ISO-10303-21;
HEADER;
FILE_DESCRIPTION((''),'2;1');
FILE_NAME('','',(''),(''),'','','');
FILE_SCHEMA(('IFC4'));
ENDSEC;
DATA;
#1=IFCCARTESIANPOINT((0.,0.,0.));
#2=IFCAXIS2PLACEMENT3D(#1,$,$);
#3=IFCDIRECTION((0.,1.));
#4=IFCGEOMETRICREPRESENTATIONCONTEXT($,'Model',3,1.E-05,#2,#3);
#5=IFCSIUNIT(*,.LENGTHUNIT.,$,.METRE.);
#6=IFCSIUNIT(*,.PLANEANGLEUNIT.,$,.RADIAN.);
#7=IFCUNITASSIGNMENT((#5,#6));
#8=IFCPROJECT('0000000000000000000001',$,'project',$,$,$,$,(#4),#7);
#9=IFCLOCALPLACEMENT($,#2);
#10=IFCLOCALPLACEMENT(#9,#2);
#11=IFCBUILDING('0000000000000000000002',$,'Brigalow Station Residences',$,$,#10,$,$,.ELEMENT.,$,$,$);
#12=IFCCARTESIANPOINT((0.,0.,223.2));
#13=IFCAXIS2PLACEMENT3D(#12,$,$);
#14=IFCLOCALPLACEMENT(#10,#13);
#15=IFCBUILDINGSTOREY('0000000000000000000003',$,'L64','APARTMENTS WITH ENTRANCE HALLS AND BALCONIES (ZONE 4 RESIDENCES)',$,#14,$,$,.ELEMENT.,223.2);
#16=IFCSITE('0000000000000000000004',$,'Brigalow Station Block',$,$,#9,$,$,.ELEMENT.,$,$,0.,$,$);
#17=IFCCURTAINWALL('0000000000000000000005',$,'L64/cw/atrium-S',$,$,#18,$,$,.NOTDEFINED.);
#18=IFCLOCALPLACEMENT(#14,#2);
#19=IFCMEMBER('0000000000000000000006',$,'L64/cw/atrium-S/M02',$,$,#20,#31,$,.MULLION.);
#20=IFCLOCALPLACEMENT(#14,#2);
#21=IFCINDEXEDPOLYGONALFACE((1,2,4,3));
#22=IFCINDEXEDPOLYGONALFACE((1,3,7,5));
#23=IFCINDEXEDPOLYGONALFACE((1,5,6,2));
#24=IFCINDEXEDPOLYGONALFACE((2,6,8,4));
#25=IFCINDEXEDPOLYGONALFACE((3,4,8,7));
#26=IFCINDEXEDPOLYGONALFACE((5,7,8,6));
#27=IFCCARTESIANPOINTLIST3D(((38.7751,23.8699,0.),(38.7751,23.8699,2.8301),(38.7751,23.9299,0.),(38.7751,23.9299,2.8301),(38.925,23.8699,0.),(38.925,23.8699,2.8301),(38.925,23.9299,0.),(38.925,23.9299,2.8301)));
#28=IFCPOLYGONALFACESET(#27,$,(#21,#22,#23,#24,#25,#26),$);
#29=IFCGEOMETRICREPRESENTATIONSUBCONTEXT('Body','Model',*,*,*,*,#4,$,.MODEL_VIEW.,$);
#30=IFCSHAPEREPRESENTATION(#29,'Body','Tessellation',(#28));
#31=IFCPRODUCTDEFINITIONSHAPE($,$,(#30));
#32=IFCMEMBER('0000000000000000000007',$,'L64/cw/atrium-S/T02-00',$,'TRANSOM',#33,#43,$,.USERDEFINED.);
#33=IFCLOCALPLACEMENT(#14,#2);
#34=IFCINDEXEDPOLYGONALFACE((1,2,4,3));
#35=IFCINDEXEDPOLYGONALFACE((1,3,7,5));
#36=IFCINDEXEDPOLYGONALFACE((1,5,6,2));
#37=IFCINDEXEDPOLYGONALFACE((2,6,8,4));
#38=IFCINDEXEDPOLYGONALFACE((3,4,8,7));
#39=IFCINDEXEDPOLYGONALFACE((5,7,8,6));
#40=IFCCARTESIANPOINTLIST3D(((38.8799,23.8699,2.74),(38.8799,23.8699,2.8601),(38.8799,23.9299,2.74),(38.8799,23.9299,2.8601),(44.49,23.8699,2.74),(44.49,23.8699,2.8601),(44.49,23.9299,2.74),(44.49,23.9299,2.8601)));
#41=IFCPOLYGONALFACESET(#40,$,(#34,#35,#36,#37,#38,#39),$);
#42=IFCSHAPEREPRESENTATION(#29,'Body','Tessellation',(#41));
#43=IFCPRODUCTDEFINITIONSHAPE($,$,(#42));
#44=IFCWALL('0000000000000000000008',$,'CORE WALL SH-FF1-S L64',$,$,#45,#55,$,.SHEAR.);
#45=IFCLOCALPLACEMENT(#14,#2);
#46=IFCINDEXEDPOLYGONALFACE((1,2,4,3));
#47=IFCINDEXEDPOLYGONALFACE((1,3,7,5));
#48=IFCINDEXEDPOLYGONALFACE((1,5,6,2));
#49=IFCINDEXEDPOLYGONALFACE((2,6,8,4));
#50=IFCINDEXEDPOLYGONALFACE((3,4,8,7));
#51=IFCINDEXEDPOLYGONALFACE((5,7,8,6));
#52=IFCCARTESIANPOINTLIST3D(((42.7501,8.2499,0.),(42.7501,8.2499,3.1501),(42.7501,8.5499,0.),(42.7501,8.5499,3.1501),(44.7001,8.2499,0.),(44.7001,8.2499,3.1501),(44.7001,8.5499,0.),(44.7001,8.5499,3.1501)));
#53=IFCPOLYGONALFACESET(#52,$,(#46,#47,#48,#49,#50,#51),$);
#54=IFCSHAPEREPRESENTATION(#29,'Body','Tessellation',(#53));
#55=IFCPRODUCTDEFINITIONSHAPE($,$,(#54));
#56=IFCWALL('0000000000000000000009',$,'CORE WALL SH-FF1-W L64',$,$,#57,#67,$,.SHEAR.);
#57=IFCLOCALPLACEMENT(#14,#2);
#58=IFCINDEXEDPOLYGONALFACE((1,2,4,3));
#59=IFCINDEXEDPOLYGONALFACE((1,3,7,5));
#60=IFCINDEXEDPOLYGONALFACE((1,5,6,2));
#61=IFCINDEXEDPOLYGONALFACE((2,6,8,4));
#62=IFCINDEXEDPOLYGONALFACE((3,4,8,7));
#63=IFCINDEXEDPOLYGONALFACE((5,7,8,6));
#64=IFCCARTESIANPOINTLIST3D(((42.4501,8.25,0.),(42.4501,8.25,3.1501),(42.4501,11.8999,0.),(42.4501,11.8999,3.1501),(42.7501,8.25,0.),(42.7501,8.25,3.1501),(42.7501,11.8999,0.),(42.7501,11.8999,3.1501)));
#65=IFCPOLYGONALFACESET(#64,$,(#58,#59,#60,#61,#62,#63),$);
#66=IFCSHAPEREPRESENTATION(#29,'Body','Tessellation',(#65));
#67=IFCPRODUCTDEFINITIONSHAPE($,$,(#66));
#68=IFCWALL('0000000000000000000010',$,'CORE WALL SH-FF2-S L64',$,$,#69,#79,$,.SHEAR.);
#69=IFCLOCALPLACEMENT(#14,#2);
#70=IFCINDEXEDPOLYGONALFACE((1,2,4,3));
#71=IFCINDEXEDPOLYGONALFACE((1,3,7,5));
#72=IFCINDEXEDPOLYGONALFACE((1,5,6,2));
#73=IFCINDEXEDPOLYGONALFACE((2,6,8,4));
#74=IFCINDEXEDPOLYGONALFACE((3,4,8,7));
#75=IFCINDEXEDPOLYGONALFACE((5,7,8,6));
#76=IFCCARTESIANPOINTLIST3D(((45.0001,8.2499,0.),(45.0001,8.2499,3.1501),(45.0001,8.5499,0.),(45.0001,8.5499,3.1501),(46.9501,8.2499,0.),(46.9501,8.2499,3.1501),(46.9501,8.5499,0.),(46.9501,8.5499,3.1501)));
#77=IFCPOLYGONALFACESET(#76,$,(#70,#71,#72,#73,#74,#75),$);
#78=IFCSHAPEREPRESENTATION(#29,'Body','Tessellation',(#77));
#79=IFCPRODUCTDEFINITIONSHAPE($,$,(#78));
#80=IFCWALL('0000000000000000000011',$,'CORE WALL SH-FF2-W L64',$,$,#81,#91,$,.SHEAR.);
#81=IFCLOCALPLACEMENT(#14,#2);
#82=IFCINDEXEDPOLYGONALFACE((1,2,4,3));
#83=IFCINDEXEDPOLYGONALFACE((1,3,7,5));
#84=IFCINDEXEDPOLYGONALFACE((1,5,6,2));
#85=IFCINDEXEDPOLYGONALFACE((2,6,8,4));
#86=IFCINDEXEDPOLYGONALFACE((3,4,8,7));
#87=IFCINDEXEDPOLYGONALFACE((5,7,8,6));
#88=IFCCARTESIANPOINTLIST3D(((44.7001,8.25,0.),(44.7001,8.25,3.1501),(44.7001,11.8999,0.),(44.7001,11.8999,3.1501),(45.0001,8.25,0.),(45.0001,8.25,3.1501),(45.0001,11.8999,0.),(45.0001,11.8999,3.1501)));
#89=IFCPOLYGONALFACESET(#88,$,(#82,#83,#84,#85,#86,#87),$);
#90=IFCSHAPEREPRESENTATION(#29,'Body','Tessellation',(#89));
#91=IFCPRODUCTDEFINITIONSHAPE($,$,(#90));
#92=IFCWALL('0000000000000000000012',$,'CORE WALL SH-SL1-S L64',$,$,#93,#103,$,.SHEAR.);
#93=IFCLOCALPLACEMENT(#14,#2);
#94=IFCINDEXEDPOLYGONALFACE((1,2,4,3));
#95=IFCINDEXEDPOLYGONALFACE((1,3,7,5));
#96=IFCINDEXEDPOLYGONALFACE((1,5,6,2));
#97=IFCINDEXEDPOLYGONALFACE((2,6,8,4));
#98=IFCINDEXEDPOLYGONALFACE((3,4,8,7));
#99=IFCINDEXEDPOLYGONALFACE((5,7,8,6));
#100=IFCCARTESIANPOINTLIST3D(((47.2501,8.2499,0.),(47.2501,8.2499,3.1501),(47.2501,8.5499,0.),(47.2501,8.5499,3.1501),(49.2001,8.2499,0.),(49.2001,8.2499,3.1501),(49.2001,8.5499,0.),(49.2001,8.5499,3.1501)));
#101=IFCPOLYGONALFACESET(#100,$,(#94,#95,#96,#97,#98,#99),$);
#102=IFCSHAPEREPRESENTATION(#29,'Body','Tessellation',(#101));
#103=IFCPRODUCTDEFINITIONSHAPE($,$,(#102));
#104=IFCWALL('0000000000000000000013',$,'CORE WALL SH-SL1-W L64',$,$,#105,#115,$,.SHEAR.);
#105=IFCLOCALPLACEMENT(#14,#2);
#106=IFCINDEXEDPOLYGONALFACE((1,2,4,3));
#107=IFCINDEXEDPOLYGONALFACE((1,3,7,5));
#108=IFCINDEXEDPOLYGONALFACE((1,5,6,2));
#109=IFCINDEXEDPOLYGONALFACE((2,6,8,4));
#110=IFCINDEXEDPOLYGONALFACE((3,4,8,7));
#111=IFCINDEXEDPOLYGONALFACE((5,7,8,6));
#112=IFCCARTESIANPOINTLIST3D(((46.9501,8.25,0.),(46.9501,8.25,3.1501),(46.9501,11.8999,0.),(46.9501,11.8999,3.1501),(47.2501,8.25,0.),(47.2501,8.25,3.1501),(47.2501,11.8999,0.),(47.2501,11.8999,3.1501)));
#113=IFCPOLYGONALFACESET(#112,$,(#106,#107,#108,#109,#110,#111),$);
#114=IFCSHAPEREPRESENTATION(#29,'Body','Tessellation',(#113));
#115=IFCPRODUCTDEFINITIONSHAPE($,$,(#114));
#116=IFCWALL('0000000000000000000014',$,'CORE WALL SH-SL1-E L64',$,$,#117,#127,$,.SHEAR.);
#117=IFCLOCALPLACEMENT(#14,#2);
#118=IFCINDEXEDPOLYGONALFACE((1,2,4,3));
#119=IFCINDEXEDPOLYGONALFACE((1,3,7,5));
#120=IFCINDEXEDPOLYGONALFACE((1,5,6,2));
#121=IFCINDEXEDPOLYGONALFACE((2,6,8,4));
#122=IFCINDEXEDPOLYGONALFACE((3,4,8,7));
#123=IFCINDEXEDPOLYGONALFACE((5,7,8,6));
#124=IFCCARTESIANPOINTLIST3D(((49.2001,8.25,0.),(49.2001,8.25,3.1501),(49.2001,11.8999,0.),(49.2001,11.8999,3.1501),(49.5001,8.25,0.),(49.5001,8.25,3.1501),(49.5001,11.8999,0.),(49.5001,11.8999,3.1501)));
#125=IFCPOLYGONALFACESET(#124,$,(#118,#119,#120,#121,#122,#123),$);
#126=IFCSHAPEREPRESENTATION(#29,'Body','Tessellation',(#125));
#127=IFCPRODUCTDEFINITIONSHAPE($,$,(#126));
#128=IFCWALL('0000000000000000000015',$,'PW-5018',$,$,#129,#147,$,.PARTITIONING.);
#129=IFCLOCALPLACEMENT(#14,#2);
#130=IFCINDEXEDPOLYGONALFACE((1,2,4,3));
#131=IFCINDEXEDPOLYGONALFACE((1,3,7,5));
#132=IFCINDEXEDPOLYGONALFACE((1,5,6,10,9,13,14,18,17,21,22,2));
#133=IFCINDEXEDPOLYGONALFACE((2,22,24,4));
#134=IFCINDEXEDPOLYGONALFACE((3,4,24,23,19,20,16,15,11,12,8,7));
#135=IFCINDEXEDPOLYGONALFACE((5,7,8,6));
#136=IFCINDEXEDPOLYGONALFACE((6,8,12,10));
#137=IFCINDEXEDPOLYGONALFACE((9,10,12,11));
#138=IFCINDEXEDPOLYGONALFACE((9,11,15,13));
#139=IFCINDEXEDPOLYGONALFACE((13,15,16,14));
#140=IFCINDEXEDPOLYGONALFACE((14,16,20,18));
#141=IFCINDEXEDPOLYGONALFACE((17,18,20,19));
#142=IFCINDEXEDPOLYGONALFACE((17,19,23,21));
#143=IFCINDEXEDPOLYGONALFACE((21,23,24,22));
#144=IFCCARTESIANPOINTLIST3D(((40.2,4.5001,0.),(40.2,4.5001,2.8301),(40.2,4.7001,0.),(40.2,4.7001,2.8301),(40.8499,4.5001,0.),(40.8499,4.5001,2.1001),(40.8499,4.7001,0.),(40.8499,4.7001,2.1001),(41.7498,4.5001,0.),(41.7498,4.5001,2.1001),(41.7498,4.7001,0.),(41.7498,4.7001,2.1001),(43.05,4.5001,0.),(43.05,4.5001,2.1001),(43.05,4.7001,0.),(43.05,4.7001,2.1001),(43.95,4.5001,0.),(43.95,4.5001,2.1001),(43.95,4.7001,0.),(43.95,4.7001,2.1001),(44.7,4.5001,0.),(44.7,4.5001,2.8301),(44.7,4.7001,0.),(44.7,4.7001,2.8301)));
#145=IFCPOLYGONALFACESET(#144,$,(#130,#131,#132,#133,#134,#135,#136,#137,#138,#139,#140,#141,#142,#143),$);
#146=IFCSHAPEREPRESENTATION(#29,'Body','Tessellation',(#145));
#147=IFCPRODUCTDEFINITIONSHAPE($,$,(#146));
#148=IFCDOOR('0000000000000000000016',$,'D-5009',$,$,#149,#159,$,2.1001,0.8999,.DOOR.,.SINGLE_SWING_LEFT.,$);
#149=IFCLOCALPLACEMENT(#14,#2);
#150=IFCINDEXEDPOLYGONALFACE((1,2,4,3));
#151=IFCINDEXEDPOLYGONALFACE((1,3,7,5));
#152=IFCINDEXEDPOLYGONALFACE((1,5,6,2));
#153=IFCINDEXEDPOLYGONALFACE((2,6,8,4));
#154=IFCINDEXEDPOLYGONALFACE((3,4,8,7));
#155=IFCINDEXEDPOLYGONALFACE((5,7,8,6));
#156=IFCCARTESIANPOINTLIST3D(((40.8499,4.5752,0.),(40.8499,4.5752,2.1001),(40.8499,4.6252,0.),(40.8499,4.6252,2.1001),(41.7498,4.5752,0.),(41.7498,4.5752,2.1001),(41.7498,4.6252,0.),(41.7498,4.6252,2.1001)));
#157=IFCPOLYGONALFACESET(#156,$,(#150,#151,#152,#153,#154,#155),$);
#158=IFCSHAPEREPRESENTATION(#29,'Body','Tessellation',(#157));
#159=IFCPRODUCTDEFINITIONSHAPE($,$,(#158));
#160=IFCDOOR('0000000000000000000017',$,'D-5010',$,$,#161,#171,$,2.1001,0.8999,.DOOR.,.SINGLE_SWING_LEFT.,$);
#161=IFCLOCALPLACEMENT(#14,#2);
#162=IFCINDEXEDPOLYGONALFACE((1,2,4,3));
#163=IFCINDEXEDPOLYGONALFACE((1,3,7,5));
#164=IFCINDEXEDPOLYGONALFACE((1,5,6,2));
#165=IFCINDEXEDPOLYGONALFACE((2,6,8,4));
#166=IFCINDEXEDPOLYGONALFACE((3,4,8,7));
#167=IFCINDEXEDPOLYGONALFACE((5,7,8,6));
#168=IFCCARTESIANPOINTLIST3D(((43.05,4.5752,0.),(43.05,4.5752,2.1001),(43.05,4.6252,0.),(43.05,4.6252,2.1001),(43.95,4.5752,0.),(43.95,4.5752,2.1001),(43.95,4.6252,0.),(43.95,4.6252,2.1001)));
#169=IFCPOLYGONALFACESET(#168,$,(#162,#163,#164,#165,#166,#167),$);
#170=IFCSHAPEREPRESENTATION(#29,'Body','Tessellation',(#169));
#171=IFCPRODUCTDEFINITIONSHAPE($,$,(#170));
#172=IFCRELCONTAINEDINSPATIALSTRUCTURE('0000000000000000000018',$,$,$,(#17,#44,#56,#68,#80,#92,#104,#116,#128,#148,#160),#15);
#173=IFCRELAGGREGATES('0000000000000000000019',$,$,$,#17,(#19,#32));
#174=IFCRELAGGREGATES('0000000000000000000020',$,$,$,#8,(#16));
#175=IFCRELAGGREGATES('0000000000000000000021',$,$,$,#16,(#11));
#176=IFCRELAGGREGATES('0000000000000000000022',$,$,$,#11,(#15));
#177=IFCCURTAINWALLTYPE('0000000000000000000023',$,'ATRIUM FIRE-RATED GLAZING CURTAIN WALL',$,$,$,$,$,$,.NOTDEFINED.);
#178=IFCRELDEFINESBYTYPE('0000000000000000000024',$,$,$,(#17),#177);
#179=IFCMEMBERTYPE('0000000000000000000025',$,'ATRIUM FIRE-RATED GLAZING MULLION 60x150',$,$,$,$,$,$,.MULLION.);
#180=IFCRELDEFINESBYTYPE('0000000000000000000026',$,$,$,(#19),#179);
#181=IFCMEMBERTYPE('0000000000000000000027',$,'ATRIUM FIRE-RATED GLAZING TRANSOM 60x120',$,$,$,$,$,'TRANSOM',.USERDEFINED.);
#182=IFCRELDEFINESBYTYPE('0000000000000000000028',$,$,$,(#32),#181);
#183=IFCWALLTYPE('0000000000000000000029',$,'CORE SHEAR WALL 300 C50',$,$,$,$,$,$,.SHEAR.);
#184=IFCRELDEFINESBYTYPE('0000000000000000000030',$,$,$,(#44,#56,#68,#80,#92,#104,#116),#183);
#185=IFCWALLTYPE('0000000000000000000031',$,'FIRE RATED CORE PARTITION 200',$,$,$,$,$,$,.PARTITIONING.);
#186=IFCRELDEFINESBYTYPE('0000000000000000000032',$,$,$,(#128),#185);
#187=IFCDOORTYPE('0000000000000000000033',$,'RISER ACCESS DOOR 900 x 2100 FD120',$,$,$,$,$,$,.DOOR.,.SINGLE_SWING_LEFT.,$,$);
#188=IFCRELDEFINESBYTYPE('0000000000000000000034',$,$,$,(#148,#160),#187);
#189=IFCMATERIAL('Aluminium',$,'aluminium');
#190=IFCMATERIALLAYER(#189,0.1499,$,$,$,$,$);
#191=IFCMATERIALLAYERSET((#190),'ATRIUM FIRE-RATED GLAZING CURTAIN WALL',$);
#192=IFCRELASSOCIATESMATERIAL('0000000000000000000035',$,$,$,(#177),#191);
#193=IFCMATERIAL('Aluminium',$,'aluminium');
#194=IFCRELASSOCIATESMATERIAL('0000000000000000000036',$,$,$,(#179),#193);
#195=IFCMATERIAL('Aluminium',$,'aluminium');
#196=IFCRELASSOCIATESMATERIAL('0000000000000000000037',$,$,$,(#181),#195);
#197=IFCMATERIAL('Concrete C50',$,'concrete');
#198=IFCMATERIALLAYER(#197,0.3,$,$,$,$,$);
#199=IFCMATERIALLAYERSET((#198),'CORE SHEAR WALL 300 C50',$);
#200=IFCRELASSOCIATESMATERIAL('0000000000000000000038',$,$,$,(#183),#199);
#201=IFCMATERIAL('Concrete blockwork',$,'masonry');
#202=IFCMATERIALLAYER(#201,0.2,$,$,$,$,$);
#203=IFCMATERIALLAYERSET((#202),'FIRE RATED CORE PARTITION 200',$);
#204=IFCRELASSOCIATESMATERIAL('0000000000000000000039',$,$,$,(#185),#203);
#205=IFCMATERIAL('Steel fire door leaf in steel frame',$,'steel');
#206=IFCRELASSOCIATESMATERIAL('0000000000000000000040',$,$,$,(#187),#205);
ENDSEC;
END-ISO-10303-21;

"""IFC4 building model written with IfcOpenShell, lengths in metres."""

from ifc_helpers import new_model, si_unit, direction, frame, frame_2d, origin, origin_2d, place, context, subcontext, project, spatial, rectangle, extrude, material, layer, layer_set, material_profile, profile_set, type_object, element, fill, aggregate, save


model = new_model("IFC4")

# Units and contexts
model_context = context("Model", 3, precision=1e-05, world=origin(), true_north=direction((0.0, 1.0)))
body_context = subcontext(model_context, "Body", "Model", "MODEL_VIEW")
ifc_project = project(units=[si_unit("LENGTHUNIT", "METRE"), si_unit("PLANEANGLEUNIT", "RADIAN")], contexts=[model_context])

# Site, building, storey
site_placement = place(None, origin())
site = spatial("IfcSite", under=ifc_project, at=site_placement, Name="Brigalow Station Block", CompositionType="ELEMENT", RefElevation=0.0)
building_placement = place(site_placement, origin())
building = spatial("IfcBuilding", under=site, at=building_placement, Name="Brigalow Station Residences", CompositionType="ELEMENT")
storey_placement = place(building_placement, frame((0.0, 0.0, 223.2)))
storey = spatial("IfcBuildingStorey", under=building, at=storey_placement, Name="L64", Description="APARTMENTS WITH ENTRANCE HALLS AND BALCONIES (ZONE 4 RESIDENCES)", CompositionType="ELEMENT", Elevation=223.2)

# Curtain wall, members
ifc_material_1 = material(Name="Aluminium", Category="aluminium")
ifc_layer_1 = layer(ifc_material_1, 0.1499)
ifc_layer_set_1 = layer_set([ifc_layer_1], Name="ATRIUM FIRE-RATED GLAZING CURTAIN WALL")
curtain_wall_type = type_object("IfcCurtainWallType", Name="ATRIUM FIRE-RATED GLAZING CURTAIN WALL", PredefinedType="NOTDEFINED", material=ifc_layer_set_1)
curtain_wall_placement = place(storey_placement, origin())
curtain_wall = element("IfcCurtainWall", 1, at=curtain_wall_placement, inside=storey, type_object=curtain_wall_type, Name="L64/cw/atrium-S", PredefinedType="NOTDEFINED")
ifc_material_2 = material(Name="Aluminium", Category="aluminium")
ifc_material_profile_1 = material_profile(ifc_material_2, rectangle(XDim=0.0601, YDim=0.1499, at=origin_2d()), Name="ATRIUM FIRE-RATED GLAZING MULLION 60x150")
ifc_profile_set_1 = profile_set([ifc_material_profile_1], Name="Aluminium")
member_type_1 = type_object("IfcMemberType", Name="ATRIUM FIRE-RATED GLAZING MULLION 60x150", PredefinedType="MULLION", material=ifc_profile_set_1)
member_1_placement = place(storey_placement, frame((38.8501, 23.8999, 0.0), z_axis=(0.0, 0.0, 1.0), x_axis=(0.0, 1.0, 0.0)))
member_1 = element("IfcMember", 2, at=member_1_placement, type_object=member_type_1, Name="L64/cw/atrium-S/M02", PredefinedType="MULLION", context=body_context, shape_type="SweptSolid", body=[
    extrude(rectangle(XDim=0.0601, YDim=0.1499, at=origin_2d()), origin(), (0.0, 0.0, 1.0), 2.8301),
])
ifc_material_3 = material(Name="Aluminium", Category="aluminium")
ifc_material_profile_2 = material_profile(ifc_material_3, rectangle(XDim=0.0601, YDim=0.1201, at=origin_2d()), Name="ATRIUM FIRE-RATED GLAZING TRANSOM 60x120")
ifc_profile_set_2 = profile_set([ifc_material_profile_2], Name="Aluminium")
member_type_2 = type_object("IfcMemberType", Name="ATRIUM FIRE-RATED GLAZING TRANSOM 60x120", ElementType="TRANSOM", PredefinedType="USERDEFINED", material=ifc_profile_set_2)
member_2_placement = place(storey_placement, frame((38.8799, 23.8999, 2.8), z_axis=(1.0, 0.0, 0.0), x_axis=(0.0, 1.0, 0.0)))
member_2 = element("IfcMember", 3, at=member_2_placement, type_object=member_type_2, Name="L64/cw/atrium-S/T02-00", ObjectType="TRANSOM", PredefinedType="USERDEFINED", context=body_context, shape_type="SweptSolid", body=[
    extrude(rectangle(XDim=0.0601, YDim=0.1201, at=origin_2d()), origin(), (0.0, 0.0, 1.0), 5.6101),
])
aggregate(curtain_wall, [member_1, member_2])

# Walls
ifc_material_4 = material(Name="Concrete C50", Category="concrete")
ifc_layer_2 = layer(ifc_material_4, 0.3)
ifc_layer_set_2 = layer_set([ifc_layer_2], Name="CORE SHEAR WALL 300 C50")
wall_type_1 = type_object("IfcWallType", Name="CORE SHEAR WALL 300 C50", PredefinedType="SHEAR", material=ifc_layer_set_2)
wall_1_placement = place(storey_placement, frame((42.75, 8.3999, 0.0), z_axis=(0.0, 0.0, 1.0), x_axis=(1.0, 0.0, 0.0)))
element("IfcWall", 4, at=wall_1_placement, inside=storey, type_object=wall_type_1, Name="CORE WALL SH-FF1-S L64", PredefinedType="SHEAR", context=body_context, shape_type="SweptSolid", body=[
    extrude(rectangle(XDim=1.95, YDim=0.3, at=frame_2d((0.9751, 0.0))), origin(), (0.0, 0.0, 1.0), 3.1501),
])
wall_2_placement = place(storey_placement, frame((42.6001, 8.25, 0.0), z_axis=(0.0, 0.0, 1.0), x_axis=(0.0, 1.0, 0.0)))
element("IfcWall", 5, at=wall_2_placement, inside=storey, type_object=wall_type_1, Name="CORE WALL SH-FF1-W L64", PredefinedType="SHEAR", context=body_context, shape_type="SweptSolid", body=[
    extrude(rectangle(XDim=3.6499, YDim=0.3, at=frame_2d((1.825, 0.0))), origin(), (0.0, 0.0, 1.0), 3.1501),
])
wall_3_placement = place(storey_placement, frame((45.0, 8.3999, 0.0), z_axis=(0.0, 0.0, 1.0), x_axis=(1.0, 0.0, 0.0)))
element("IfcWall", 6, at=wall_3_placement, inside=storey, type_object=wall_type_1, Name="CORE WALL SH-FF2-S L64", PredefinedType="SHEAR", context=body_context, shape_type="SweptSolid", body=[
    extrude(rectangle(XDim=1.95, YDim=0.3, at=frame_2d((0.9751, 0.0))), origin(), (0.0, 0.0, 1.0), 3.1501),
])
wall_4_placement = place(storey_placement, frame((44.8501, 8.25, 0.0), z_axis=(0.0, 0.0, 1.0), x_axis=(0.0, 1.0, 0.0)))
element("IfcWall", 7, at=wall_4_placement, inside=storey, type_object=wall_type_1, Name="CORE WALL SH-FF2-W L64", PredefinedType="SHEAR", context=body_context, shape_type="SweptSolid", body=[
    extrude(rectangle(XDim=3.6499, YDim=0.3, at=frame_2d((1.825, 0.0))), origin(), (0.0, 0.0, 1.0), 3.1501),
])
wall_5_placement = place(storey_placement, frame((47.25, 8.3999, 0.0), z_axis=(0.0, 0.0, 1.0), x_axis=(1.0, 0.0, 0.0)))
element("IfcWall", 8, at=wall_5_placement, inside=storey, type_object=wall_type_1, Name="CORE WALL SH-SL1-S L64", PredefinedType="SHEAR", context=body_context, shape_type="SweptSolid", body=[
    extrude(rectangle(XDim=1.95, YDim=0.3, at=frame_2d((0.9751, 0.0))), origin(), (0.0, 0.0, 1.0), 3.1501),
])
for number, where, z_axis, x_axis, name in (
    (9, (47.1001, 8.25, 0.0), (0.0, 0.0, 1.0), (0.0, 1.0, 0.0), "CORE WALL SH-SL1-W L64"),
    (10, (49.3501, 8.25, 0.0), (0.0, 0.0, 1.0), (0.0, 1.0, 0.0), "CORE WALL SH-SL1-E L64"),
):
    element("IfcWall", number, at=place(storey_placement, frame(where, z_axis=z_axis, x_axis=x_axis)), inside=storey, type_object=wall_type_1, Name=name, PredefinedType="SHEAR", context=body_context, shape_type="SweptSolid", body=[
        extrude(rectangle(XDim=3.6499, YDim=0.3, at=frame_2d((1.825, 0.0))), origin(), (0.0, 0.0, 1.0), 3.1501),
    ])

# Wall, openings, doors
ifc_material_5 = material(Name="Concrete blockwork", Category="masonry")
ifc_layer_3 = layer(ifc_material_5, 0.2)
ifc_layer_set_3 = layer_set([ifc_layer_3], Name="FIRE RATED CORE PARTITION 200")
wall_type_2 = type_object("IfcWallType", Name="FIRE RATED CORE PARTITION 200", PredefinedType="PARTITIONING", material=ifc_layer_set_3)
wall_6_placement = place(storey_placement, frame((40.2, 4.6001, 0.0), z_axis=(0.0, 0.0, 1.0), x_axis=(1.0, 0.0, 0.0)))
wall_6 = element("IfcWall", 11, at=wall_6_placement, inside=storey, type_object=wall_type_2, Name="PW-5018", PredefinedType="PARTITIONING", context=body_context, shape_type="SweptSolid", body=[
    extrude(rectangle(XDim=4.5, YDim=0.2, at=frame_2d((2.25, 0.0))), origin(), (0.0, 0.0, 1.0), 2.8301),
])
opening_1_placement = place(wall_6_placement, frame((0.6499, 0.0, 0.0)))
opening_1 = element("IfcOpeningElement", 12, at=opening_1_placement, cuts=wall_6, PredefinedType="OPENING", context=body_context, shape_type="SweptSolid", body=[
    extrude(rectangle(XDim=0.8999, YDim=2.1001, at=frame_2d((0.45, 1.05))), frame((0.0, 0.1099, 0.0), z_axis=(0.0, -1.0, 0.0), x_axis=(1.0, 0.0, 0.0)), (0.0, 0.0, 1.0), 0.22),
])
opening_2_placement = place(wall_6_placement, frame((2.8501, 0.0, 0.0)))
opening_2 = element("IfcOpeningElement", 13, at=opening_2_placement, cuts=wall_6, PredefinedType="OPENING", context=body_context, shape_type="SweptSolid", body=[
    extrude(rectangle(XDim=0.8999, YDim=2.1001, at=frame_2d((0.45, 1.05))), frame((0.0, 0.1099, 0.0), z_axis=(0.0, -1.0, 0.0), x_axis=(1.0, 0.0, 0.0)), (0.0, 0.0, 1.0), 0.22),
])
ifc_material_6 = material(Name="Steel fire door leaf in steel frame", Category="steel")
door_type_1 = type_object("IfcDoorType", Name="RISER ACCESS DOOR 900 x 2100 FD120", OperationType="SINGLE_SWING_LEFT", PredefinedType="DOOR", material=ifc_material_6)
door_1_placement = place(opening_1_placement, frame((0.8999, 0.0, 0.0), z_axis=(0.0, 0.0, 1.0), x_axis=(-1.0, 0.0, 0.0)))
door_1 = element("IfcDoor", 14, at=door_1_placement, inside=storey, type_object=door_type_1, Name="D-5009", OperationType="SINGLE_SWING_LEFT", OverallHeight=2.1001, OverallWidth=0.8999, PredefinedType="DOOR", context=body_context, shape_type="SweptSolid", body=[
    extrude(rectangle(XDim=0.8999, YDim=2.1001, at=frame_2d((0.45, 1.05))), frame((0.0, 0.0249, 0.0), z_axis=(0.0, -1.0, 0.0), x_axis=(1.0, 0.0, 0.0)), (0.0, 0.0, 1.0), 0.05),
])
fill(opening_1, door_1)
door_2_placement = place(opening_2_placement, frame((0.8999, 0.0, 0.0), z_axis=(0.0, 0.0, 1.0), x_axis=(-1.0, 0.0, 0.0)))
door_2 = element("IfcDoor", 15, at=door_2_placement, inside=storey, type_object=door_type_1, Name="D-5010", OperationType="SINGLE_SWING_LEFT", OverallHeight=2.1001, OverallWidth=0.8999, PredefinedType="DOOR", context=body_context, shape_type="SweptSolid", body=[
    extrude(rectangle(XDim=0.8999, YDim=2.1001, at=frame_2d((0.45, 1.05))), frame((0.0, 0.0249, 0.0), z_axis=(0.0, -1.0, 0.0), x_axis=(1.0, 0.0, 0.0)), (0.0, 0.0, 1.0), 0.05),
])
fill(opening_2, door_2)

save(model, "model.ifc")
